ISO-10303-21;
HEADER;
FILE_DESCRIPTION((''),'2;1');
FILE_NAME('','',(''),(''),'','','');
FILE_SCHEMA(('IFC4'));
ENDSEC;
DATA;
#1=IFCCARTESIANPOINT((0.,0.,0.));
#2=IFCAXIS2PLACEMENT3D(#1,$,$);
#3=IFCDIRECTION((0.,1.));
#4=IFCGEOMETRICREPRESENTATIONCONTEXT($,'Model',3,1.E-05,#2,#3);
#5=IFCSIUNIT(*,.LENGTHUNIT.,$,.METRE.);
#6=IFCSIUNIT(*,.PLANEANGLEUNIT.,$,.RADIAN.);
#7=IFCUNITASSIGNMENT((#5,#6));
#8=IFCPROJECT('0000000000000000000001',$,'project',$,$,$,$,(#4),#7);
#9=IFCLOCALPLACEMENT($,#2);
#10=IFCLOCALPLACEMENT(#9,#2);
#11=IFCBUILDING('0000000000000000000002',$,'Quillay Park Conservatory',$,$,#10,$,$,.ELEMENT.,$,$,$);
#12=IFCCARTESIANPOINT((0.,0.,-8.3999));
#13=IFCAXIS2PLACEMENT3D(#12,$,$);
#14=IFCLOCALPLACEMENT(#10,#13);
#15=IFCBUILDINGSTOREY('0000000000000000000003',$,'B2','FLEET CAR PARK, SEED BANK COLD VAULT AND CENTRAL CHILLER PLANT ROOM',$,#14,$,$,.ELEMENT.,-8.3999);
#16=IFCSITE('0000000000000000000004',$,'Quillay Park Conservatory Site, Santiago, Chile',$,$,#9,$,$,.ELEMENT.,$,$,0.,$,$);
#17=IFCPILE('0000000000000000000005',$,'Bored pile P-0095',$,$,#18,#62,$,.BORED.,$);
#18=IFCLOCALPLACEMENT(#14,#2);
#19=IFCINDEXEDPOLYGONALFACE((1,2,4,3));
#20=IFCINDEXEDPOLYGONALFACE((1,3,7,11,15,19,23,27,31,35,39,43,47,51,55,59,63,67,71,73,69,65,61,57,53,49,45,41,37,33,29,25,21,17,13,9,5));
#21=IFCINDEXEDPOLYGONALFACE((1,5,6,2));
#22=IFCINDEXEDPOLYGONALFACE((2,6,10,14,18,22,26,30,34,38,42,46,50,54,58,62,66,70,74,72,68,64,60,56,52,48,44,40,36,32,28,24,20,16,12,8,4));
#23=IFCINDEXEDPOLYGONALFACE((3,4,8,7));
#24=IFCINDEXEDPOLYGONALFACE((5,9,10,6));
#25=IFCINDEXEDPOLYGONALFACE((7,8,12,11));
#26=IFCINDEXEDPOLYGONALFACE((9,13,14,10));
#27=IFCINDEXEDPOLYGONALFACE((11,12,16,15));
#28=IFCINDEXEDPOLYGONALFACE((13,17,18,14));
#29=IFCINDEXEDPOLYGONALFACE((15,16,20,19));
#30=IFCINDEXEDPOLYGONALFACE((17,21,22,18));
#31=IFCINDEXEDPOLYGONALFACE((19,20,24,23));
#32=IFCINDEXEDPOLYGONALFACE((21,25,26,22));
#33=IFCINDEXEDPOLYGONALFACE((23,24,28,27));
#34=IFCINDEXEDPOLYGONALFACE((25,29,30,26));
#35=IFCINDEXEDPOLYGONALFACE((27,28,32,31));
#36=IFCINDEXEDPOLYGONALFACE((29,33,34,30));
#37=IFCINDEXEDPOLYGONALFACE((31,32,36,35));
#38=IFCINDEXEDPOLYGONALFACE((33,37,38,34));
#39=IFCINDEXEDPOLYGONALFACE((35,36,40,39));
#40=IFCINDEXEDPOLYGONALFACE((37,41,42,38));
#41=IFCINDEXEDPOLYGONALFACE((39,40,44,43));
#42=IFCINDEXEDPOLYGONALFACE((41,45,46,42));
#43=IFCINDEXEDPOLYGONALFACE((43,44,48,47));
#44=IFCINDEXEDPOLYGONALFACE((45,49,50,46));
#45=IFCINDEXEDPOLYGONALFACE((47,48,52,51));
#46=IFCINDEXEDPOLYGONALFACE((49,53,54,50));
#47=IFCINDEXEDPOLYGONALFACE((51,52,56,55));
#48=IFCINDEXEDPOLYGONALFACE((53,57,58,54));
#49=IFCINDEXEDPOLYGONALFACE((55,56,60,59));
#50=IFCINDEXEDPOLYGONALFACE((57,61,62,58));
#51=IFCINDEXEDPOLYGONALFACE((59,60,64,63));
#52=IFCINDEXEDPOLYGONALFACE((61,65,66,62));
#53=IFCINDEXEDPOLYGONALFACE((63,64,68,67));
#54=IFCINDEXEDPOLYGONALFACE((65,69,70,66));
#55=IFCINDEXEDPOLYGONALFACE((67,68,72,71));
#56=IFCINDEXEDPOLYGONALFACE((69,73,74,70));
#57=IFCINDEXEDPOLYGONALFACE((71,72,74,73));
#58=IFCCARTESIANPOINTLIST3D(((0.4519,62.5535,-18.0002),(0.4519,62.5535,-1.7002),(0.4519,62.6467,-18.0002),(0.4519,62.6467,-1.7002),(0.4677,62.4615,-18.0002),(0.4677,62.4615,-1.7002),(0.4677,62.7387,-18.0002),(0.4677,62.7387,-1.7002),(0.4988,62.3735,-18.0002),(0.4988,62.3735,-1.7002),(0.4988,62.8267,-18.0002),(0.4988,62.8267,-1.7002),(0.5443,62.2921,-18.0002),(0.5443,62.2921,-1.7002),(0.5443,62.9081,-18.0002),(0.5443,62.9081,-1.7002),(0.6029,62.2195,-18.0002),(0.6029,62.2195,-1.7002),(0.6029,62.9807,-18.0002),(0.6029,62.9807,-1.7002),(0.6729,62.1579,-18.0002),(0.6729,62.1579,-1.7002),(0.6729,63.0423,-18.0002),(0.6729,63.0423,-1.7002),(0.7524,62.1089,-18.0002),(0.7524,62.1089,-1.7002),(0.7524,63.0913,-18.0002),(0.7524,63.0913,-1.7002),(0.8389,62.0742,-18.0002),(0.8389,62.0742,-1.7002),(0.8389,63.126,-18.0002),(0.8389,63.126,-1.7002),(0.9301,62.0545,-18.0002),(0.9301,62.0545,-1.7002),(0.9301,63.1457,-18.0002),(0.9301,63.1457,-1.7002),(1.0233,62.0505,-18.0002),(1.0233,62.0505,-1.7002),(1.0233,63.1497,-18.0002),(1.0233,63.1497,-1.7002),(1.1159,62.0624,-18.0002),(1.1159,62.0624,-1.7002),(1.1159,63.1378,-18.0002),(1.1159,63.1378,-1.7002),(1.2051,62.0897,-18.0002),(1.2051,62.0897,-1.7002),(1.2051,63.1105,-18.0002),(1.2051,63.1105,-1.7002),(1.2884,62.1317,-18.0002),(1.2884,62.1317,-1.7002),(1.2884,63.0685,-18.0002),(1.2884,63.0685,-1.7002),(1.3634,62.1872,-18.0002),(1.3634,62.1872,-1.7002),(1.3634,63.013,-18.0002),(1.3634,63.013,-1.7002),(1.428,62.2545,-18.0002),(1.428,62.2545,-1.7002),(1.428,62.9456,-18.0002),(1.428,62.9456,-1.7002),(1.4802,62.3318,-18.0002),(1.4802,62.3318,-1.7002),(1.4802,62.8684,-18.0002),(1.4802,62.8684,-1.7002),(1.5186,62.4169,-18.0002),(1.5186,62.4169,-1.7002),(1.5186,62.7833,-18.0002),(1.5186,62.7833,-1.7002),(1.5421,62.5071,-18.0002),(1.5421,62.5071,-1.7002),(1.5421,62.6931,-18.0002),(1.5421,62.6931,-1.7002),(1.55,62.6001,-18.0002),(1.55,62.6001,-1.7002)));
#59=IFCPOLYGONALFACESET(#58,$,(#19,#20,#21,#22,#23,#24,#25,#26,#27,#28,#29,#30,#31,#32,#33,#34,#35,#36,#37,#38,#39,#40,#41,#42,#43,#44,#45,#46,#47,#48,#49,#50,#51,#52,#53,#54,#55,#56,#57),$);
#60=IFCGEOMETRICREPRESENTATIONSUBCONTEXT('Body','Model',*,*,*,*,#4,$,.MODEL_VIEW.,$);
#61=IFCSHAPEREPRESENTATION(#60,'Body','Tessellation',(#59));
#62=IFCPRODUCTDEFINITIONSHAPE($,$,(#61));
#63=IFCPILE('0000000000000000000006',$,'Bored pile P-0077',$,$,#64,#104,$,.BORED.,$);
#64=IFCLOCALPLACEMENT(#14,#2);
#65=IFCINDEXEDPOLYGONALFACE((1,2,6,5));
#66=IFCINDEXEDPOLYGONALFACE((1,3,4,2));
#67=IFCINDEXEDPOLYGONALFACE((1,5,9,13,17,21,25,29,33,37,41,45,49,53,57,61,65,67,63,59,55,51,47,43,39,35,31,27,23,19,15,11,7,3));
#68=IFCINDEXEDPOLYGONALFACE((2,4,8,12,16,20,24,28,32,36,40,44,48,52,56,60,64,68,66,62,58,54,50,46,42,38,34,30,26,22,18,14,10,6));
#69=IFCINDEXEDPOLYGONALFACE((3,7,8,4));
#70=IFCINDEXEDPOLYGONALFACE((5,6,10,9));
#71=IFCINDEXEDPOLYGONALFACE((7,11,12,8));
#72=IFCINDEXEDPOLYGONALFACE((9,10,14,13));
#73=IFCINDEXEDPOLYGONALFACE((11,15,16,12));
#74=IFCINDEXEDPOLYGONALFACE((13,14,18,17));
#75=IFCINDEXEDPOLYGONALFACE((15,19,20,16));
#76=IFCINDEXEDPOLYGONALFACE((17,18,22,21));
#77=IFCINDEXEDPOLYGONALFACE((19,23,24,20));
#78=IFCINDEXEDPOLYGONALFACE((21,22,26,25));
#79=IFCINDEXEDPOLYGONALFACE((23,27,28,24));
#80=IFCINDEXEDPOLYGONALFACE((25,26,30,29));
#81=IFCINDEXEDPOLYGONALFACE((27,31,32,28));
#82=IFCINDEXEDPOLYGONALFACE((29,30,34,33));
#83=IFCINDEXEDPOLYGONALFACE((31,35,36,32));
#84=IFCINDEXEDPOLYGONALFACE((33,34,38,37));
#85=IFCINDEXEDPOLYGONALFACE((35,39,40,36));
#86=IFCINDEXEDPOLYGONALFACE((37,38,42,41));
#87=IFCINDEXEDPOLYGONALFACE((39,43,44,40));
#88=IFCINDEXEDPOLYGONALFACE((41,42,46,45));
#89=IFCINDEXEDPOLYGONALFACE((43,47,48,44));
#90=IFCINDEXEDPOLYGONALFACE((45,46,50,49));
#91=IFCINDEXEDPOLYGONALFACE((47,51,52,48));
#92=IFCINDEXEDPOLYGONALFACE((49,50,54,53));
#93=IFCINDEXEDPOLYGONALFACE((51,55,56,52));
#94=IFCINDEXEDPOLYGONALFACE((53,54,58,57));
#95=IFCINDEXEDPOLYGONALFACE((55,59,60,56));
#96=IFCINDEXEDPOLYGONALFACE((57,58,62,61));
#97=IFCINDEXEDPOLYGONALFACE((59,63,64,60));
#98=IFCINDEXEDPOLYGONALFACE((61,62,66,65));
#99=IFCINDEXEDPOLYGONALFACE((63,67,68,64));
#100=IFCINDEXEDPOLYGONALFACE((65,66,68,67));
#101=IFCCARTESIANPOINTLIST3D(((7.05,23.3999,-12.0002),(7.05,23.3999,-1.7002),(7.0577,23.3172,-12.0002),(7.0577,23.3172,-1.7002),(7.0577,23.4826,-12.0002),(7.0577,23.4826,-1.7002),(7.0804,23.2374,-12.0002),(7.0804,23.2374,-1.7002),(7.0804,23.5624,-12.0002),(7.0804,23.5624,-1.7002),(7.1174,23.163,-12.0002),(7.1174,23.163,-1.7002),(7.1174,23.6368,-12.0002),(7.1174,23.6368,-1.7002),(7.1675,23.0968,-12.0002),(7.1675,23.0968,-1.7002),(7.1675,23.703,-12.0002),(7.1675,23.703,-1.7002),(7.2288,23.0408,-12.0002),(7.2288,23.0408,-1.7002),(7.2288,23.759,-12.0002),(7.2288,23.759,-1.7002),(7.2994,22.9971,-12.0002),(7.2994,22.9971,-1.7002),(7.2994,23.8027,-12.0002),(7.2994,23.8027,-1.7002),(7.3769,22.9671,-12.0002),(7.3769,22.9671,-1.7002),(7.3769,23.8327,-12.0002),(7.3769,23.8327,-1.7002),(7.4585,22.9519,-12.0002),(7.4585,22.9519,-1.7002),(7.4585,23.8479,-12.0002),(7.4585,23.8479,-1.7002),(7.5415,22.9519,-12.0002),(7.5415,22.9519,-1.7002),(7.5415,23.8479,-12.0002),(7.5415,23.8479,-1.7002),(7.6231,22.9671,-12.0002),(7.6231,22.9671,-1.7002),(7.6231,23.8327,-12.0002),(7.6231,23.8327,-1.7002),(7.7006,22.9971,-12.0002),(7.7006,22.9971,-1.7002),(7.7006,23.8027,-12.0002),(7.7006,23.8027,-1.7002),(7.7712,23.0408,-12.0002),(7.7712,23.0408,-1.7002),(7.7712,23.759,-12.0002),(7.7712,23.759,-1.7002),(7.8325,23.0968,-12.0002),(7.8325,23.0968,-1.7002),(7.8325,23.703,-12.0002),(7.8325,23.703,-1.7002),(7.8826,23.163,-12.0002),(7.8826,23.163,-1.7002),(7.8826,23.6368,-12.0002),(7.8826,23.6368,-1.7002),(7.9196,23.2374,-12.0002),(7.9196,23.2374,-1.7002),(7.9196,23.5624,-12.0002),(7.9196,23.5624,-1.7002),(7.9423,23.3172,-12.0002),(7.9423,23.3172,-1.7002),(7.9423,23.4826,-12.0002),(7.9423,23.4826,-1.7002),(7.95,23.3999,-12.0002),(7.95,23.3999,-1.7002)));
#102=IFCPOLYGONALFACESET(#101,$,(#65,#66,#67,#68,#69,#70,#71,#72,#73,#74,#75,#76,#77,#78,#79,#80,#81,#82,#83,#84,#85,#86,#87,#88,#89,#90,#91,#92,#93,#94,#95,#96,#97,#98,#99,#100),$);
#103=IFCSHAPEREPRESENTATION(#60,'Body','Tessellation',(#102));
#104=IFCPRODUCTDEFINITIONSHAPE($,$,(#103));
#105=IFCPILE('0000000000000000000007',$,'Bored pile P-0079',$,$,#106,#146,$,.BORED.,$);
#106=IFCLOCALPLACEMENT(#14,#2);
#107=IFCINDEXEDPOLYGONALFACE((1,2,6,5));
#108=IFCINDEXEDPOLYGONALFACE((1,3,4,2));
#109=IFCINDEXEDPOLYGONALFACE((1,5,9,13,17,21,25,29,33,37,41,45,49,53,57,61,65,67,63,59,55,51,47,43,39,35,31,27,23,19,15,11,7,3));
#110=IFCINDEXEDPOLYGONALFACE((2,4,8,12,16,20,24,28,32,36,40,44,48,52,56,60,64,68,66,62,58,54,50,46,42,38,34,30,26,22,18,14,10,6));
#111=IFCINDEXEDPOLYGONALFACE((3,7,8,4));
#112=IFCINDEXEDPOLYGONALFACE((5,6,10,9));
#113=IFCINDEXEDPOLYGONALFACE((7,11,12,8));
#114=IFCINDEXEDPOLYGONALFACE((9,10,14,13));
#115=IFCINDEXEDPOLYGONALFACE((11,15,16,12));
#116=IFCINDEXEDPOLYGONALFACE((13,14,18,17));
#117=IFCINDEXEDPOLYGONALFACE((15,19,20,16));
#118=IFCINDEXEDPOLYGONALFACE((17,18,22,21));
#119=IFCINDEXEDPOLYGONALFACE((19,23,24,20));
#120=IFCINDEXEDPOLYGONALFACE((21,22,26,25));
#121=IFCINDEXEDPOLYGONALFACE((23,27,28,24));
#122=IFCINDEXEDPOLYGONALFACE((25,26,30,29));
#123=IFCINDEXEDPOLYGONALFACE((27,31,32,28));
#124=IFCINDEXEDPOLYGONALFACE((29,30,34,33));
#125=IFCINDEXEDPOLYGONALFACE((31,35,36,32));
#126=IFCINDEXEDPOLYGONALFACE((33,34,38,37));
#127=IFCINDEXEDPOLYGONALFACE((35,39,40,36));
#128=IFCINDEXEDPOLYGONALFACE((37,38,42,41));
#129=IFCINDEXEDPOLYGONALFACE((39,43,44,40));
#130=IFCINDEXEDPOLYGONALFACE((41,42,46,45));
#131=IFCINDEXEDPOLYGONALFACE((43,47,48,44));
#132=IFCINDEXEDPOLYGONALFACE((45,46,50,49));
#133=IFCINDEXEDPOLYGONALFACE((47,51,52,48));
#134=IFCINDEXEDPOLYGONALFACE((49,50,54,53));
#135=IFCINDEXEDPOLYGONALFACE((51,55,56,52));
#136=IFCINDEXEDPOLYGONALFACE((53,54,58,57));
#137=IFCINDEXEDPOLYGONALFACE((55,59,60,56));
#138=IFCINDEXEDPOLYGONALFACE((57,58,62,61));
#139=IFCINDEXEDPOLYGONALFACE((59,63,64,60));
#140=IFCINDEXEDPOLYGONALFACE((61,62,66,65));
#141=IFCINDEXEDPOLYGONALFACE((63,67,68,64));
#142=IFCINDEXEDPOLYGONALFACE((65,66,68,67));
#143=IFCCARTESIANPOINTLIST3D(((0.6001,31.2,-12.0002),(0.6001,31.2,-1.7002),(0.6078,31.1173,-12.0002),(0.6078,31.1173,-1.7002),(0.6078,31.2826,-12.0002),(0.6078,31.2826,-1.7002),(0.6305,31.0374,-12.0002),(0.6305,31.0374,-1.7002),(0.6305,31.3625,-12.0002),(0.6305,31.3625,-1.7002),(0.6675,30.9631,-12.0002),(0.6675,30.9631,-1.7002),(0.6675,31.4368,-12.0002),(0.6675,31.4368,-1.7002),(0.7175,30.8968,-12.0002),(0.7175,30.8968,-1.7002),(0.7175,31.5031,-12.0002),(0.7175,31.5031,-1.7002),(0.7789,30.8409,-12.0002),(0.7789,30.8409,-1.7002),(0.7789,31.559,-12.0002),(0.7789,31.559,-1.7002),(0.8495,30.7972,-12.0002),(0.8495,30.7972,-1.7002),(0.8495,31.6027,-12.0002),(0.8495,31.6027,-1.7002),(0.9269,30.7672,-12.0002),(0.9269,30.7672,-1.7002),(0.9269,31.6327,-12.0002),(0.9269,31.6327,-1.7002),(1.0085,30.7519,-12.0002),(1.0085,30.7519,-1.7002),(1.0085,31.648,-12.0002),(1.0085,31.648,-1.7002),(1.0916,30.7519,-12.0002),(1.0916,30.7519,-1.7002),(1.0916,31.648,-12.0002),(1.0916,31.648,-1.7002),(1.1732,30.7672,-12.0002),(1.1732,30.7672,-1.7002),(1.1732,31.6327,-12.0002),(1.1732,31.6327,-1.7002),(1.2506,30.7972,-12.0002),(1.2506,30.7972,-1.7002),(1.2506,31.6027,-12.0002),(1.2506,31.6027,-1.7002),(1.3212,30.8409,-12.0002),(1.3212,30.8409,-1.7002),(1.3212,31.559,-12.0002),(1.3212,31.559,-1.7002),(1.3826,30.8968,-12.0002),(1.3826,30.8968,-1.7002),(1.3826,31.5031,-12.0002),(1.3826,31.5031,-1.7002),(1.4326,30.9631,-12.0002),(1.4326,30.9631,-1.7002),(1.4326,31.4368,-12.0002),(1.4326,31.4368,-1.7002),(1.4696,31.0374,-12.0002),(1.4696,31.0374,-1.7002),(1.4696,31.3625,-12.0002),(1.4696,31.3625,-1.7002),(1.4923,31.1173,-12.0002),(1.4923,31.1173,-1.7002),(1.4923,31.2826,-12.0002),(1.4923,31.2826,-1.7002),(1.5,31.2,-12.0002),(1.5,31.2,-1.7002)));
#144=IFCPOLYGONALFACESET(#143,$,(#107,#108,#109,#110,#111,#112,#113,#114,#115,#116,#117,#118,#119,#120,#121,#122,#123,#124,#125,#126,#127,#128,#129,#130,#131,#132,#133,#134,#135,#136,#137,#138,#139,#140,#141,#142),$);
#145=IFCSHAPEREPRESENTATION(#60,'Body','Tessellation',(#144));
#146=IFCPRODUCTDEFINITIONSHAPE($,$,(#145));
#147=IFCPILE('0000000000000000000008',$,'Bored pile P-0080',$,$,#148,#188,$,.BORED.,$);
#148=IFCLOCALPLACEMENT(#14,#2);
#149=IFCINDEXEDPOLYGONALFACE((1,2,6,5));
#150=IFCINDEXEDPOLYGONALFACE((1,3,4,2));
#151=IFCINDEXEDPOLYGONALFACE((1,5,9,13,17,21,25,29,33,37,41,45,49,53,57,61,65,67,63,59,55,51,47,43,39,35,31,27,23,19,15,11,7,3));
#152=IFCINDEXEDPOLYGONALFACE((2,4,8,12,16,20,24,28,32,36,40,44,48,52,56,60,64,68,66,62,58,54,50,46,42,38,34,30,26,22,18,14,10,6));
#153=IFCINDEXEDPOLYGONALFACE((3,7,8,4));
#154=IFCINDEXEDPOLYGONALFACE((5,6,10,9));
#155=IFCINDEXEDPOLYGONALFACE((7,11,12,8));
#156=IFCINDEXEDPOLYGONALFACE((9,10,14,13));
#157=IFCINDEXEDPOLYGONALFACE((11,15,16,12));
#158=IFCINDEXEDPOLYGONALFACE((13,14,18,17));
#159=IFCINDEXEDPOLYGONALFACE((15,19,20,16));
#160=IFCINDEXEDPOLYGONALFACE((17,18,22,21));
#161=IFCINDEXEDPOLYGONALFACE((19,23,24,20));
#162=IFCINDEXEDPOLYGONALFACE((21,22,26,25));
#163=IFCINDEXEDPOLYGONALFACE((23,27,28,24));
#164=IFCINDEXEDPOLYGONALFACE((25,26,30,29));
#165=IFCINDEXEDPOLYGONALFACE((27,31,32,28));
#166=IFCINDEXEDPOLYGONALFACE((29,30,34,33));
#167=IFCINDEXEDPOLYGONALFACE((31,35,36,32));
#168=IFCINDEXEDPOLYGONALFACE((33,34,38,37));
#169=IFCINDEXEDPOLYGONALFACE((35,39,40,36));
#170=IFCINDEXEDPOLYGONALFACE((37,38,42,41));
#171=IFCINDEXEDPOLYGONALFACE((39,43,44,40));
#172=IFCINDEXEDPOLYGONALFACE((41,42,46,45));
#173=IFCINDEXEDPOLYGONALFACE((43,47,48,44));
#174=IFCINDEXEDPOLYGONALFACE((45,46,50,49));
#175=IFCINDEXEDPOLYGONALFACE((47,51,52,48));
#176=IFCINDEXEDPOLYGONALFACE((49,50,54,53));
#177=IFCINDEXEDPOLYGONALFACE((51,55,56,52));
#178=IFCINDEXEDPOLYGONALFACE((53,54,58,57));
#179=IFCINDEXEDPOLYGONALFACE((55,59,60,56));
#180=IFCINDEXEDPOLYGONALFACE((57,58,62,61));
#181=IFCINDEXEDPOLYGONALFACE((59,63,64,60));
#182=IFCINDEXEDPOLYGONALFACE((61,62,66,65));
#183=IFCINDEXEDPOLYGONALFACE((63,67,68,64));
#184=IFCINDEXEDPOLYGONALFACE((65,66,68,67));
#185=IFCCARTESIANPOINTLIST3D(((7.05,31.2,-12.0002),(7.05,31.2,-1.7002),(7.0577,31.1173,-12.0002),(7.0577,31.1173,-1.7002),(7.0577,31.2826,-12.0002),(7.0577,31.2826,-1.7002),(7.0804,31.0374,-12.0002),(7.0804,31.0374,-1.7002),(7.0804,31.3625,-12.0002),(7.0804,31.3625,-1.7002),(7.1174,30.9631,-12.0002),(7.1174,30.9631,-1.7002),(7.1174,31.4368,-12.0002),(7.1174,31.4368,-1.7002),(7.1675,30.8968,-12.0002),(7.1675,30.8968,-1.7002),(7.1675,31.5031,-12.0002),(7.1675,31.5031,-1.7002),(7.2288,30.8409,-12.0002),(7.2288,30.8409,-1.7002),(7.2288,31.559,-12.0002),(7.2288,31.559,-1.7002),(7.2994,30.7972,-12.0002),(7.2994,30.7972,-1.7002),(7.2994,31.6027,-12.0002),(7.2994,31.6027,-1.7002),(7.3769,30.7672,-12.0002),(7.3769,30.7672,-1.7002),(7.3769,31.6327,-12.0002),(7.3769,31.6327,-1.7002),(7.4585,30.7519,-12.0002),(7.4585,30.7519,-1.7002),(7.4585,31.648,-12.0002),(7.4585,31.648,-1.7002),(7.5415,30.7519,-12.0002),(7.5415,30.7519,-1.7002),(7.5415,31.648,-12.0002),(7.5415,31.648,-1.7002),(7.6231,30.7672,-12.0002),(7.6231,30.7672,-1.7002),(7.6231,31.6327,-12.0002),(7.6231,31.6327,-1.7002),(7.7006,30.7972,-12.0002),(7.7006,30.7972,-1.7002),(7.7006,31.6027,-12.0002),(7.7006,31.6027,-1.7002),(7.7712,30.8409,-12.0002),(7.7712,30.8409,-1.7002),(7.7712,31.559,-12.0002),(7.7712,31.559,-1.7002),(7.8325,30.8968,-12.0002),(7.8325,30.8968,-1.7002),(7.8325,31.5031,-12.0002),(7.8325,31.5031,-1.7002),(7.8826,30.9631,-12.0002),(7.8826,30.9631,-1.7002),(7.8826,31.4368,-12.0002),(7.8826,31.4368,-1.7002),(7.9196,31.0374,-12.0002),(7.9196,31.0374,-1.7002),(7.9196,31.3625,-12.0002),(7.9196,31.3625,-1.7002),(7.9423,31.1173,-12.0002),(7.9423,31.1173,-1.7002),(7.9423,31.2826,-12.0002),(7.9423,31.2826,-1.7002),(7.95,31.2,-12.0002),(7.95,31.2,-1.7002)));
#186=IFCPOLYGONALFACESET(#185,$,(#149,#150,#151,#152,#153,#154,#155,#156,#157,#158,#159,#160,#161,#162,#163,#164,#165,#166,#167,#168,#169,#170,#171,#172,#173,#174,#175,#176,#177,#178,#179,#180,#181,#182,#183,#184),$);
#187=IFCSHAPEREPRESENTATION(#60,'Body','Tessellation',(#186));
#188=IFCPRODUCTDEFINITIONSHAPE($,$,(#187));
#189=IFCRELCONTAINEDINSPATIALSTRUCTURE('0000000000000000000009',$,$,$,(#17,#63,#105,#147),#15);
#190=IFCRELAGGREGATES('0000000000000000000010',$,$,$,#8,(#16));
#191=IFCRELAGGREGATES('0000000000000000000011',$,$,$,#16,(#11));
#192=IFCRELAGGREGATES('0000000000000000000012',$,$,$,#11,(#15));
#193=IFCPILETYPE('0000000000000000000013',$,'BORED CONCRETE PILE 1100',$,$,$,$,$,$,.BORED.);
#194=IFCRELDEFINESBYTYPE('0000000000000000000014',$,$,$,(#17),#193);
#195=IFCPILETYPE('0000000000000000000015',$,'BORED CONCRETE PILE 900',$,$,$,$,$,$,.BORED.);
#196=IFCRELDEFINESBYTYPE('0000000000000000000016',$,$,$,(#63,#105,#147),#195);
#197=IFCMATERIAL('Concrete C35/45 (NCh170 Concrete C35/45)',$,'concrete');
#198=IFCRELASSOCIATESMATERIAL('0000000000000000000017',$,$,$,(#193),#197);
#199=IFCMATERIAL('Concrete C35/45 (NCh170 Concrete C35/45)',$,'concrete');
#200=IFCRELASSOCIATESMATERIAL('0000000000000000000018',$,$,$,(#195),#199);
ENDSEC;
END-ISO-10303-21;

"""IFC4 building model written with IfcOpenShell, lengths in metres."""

from ifc_helpers import new_model, si_unit, direction, frame, origin, origin_2d, place, context, subcontext, project, spatial, circle, extrude, material, material_profile, profile_set, type_object, element, save


model = new_model("IFC4")

# Units and contexts
model_context = context("Model", 3, precision=1e-05, world=origin(), true_north=direction((0.0, 1.0)))
body_context = subcontext(model_context, "Body", "Model", "MODEL_VIEW")
ifc_project = project(units=[si_unit("LENGTHUNIT", "METRE"), si_unit("PLANEANGLEUNIT", "RADIAN")], contexts=[model_context])

# Site, building, storey
site_placement = place(None, origin())
site = spatial("IfcSite", under=ifc_project, at=site_placement, Name="Quillay Park Conservatory Site, Santiago, Chile", CompositionType="ELEMENT", RefElevation=0.0)
building_placement = place(site_placement, origin())
building = spatial("IfcBuilding", under=site, at=building_placement, Name="Quillay Park Conservatory", CompositionType="ELEMENT")
storey_placement = place(building_placement, frame((0.0, 0.0, -8.3999)))
storey = spatial("IfcBuildingStorey", under=building, at=storey_placement, Name="B2", Description="FLEET CAR PARK, SEED BANK COLD VAULT AND CENTRAL CHILLER PLANT ROOM", CompositionType="ELEMENT", Elevation=-8.3999)

# Piles
ifc_material_1 = material(Name="Concrete C35/45 (NCh170 Concrete C35/45)", Category="concrete")
ifc_material_profile_1 = material_profile(ifc_material_1, circle(Radius=0.55, at=origin_2d()), Name="PILE1100")
ifc_profile_set_1 = profile_set([ifc_material_profile_1], Name="Concrete C35/45 (NCh170 Concrete C35/45)")
pile_type_1 = type_object("IfcPileType", Name="BORED CONCRETE PILE 1100", PredefinedType="BORED", material=ifc_profile_set_1)
pile_placement = place(storey_placement, frame((1.0, 62.6001, -1.7002), z_axis=(0.0, 0.0, -1.0), x_axis=(1.0, 0.0, 0.0)))
element("IfcPile", 1, at=pile_placement, inside=storey, type_object=pile_type_1, Name="Bored pile P-0095", PredefinedType="BORED", context=body_context, shape_type="SweptSolid", body=[
    extrude(circle(Radius=0.55, at=origin_2d()), origin(), (0.0, 0.0, 1.0), 16.3),
])
ifc_material_2 = material(Name="Concrete C35/45 (NCh170 Concrete C35/45)", Category="concrete")
ifc_material_profile_2 = material_profile(ifc_material_2, circle(Radius=0.45, at=origin_2d()), Name="PILE900")
ifc_profile_set_2 = profile_set([ifc_material_profile_2], Name="Concrete C35/45 (NCh170 Concrete C35/45)")
pile_type_2 = type_object("IfcPileType", Name="BORED CONCRETE PILE 900", PredefinedType="BORED", material=ifc_profile_set_2)
for number, where, z_axis, x_axis, name in (
    (2, (7.5, 23.3999, -1.7002), (0.0, 0.0, -1.0), (1.0, 0.0, 0.0), "Bored pile P-0077"),
    (3, (1.05, 31.2, -1.7002), (0.0, 0.0, -1.0), (1.0, 0.0, 0.0), "Bored pile P-0079"),
    (4, (7.5, 31.2, -1.7002), (0.0, 0.0, -1.0), (1.0, 0.0, 0.0), "Bored pile P-0080"),
):
    element("IfcPile", number, at=place(storey_placement, frame(where, z_axis=z_axis, x_axis=x_axis)), inside=storey, type_object=pile_type_2, Name=name, PredefinedType="BORED", context=body_context, shape_type="SweptSolid", body=[
        extrude(circle(Radius=0.45, at=origin_2d()), origin(), (0.0, 0.0, 1.0), 10.3),
    ])

save(model, "model.ifc")
